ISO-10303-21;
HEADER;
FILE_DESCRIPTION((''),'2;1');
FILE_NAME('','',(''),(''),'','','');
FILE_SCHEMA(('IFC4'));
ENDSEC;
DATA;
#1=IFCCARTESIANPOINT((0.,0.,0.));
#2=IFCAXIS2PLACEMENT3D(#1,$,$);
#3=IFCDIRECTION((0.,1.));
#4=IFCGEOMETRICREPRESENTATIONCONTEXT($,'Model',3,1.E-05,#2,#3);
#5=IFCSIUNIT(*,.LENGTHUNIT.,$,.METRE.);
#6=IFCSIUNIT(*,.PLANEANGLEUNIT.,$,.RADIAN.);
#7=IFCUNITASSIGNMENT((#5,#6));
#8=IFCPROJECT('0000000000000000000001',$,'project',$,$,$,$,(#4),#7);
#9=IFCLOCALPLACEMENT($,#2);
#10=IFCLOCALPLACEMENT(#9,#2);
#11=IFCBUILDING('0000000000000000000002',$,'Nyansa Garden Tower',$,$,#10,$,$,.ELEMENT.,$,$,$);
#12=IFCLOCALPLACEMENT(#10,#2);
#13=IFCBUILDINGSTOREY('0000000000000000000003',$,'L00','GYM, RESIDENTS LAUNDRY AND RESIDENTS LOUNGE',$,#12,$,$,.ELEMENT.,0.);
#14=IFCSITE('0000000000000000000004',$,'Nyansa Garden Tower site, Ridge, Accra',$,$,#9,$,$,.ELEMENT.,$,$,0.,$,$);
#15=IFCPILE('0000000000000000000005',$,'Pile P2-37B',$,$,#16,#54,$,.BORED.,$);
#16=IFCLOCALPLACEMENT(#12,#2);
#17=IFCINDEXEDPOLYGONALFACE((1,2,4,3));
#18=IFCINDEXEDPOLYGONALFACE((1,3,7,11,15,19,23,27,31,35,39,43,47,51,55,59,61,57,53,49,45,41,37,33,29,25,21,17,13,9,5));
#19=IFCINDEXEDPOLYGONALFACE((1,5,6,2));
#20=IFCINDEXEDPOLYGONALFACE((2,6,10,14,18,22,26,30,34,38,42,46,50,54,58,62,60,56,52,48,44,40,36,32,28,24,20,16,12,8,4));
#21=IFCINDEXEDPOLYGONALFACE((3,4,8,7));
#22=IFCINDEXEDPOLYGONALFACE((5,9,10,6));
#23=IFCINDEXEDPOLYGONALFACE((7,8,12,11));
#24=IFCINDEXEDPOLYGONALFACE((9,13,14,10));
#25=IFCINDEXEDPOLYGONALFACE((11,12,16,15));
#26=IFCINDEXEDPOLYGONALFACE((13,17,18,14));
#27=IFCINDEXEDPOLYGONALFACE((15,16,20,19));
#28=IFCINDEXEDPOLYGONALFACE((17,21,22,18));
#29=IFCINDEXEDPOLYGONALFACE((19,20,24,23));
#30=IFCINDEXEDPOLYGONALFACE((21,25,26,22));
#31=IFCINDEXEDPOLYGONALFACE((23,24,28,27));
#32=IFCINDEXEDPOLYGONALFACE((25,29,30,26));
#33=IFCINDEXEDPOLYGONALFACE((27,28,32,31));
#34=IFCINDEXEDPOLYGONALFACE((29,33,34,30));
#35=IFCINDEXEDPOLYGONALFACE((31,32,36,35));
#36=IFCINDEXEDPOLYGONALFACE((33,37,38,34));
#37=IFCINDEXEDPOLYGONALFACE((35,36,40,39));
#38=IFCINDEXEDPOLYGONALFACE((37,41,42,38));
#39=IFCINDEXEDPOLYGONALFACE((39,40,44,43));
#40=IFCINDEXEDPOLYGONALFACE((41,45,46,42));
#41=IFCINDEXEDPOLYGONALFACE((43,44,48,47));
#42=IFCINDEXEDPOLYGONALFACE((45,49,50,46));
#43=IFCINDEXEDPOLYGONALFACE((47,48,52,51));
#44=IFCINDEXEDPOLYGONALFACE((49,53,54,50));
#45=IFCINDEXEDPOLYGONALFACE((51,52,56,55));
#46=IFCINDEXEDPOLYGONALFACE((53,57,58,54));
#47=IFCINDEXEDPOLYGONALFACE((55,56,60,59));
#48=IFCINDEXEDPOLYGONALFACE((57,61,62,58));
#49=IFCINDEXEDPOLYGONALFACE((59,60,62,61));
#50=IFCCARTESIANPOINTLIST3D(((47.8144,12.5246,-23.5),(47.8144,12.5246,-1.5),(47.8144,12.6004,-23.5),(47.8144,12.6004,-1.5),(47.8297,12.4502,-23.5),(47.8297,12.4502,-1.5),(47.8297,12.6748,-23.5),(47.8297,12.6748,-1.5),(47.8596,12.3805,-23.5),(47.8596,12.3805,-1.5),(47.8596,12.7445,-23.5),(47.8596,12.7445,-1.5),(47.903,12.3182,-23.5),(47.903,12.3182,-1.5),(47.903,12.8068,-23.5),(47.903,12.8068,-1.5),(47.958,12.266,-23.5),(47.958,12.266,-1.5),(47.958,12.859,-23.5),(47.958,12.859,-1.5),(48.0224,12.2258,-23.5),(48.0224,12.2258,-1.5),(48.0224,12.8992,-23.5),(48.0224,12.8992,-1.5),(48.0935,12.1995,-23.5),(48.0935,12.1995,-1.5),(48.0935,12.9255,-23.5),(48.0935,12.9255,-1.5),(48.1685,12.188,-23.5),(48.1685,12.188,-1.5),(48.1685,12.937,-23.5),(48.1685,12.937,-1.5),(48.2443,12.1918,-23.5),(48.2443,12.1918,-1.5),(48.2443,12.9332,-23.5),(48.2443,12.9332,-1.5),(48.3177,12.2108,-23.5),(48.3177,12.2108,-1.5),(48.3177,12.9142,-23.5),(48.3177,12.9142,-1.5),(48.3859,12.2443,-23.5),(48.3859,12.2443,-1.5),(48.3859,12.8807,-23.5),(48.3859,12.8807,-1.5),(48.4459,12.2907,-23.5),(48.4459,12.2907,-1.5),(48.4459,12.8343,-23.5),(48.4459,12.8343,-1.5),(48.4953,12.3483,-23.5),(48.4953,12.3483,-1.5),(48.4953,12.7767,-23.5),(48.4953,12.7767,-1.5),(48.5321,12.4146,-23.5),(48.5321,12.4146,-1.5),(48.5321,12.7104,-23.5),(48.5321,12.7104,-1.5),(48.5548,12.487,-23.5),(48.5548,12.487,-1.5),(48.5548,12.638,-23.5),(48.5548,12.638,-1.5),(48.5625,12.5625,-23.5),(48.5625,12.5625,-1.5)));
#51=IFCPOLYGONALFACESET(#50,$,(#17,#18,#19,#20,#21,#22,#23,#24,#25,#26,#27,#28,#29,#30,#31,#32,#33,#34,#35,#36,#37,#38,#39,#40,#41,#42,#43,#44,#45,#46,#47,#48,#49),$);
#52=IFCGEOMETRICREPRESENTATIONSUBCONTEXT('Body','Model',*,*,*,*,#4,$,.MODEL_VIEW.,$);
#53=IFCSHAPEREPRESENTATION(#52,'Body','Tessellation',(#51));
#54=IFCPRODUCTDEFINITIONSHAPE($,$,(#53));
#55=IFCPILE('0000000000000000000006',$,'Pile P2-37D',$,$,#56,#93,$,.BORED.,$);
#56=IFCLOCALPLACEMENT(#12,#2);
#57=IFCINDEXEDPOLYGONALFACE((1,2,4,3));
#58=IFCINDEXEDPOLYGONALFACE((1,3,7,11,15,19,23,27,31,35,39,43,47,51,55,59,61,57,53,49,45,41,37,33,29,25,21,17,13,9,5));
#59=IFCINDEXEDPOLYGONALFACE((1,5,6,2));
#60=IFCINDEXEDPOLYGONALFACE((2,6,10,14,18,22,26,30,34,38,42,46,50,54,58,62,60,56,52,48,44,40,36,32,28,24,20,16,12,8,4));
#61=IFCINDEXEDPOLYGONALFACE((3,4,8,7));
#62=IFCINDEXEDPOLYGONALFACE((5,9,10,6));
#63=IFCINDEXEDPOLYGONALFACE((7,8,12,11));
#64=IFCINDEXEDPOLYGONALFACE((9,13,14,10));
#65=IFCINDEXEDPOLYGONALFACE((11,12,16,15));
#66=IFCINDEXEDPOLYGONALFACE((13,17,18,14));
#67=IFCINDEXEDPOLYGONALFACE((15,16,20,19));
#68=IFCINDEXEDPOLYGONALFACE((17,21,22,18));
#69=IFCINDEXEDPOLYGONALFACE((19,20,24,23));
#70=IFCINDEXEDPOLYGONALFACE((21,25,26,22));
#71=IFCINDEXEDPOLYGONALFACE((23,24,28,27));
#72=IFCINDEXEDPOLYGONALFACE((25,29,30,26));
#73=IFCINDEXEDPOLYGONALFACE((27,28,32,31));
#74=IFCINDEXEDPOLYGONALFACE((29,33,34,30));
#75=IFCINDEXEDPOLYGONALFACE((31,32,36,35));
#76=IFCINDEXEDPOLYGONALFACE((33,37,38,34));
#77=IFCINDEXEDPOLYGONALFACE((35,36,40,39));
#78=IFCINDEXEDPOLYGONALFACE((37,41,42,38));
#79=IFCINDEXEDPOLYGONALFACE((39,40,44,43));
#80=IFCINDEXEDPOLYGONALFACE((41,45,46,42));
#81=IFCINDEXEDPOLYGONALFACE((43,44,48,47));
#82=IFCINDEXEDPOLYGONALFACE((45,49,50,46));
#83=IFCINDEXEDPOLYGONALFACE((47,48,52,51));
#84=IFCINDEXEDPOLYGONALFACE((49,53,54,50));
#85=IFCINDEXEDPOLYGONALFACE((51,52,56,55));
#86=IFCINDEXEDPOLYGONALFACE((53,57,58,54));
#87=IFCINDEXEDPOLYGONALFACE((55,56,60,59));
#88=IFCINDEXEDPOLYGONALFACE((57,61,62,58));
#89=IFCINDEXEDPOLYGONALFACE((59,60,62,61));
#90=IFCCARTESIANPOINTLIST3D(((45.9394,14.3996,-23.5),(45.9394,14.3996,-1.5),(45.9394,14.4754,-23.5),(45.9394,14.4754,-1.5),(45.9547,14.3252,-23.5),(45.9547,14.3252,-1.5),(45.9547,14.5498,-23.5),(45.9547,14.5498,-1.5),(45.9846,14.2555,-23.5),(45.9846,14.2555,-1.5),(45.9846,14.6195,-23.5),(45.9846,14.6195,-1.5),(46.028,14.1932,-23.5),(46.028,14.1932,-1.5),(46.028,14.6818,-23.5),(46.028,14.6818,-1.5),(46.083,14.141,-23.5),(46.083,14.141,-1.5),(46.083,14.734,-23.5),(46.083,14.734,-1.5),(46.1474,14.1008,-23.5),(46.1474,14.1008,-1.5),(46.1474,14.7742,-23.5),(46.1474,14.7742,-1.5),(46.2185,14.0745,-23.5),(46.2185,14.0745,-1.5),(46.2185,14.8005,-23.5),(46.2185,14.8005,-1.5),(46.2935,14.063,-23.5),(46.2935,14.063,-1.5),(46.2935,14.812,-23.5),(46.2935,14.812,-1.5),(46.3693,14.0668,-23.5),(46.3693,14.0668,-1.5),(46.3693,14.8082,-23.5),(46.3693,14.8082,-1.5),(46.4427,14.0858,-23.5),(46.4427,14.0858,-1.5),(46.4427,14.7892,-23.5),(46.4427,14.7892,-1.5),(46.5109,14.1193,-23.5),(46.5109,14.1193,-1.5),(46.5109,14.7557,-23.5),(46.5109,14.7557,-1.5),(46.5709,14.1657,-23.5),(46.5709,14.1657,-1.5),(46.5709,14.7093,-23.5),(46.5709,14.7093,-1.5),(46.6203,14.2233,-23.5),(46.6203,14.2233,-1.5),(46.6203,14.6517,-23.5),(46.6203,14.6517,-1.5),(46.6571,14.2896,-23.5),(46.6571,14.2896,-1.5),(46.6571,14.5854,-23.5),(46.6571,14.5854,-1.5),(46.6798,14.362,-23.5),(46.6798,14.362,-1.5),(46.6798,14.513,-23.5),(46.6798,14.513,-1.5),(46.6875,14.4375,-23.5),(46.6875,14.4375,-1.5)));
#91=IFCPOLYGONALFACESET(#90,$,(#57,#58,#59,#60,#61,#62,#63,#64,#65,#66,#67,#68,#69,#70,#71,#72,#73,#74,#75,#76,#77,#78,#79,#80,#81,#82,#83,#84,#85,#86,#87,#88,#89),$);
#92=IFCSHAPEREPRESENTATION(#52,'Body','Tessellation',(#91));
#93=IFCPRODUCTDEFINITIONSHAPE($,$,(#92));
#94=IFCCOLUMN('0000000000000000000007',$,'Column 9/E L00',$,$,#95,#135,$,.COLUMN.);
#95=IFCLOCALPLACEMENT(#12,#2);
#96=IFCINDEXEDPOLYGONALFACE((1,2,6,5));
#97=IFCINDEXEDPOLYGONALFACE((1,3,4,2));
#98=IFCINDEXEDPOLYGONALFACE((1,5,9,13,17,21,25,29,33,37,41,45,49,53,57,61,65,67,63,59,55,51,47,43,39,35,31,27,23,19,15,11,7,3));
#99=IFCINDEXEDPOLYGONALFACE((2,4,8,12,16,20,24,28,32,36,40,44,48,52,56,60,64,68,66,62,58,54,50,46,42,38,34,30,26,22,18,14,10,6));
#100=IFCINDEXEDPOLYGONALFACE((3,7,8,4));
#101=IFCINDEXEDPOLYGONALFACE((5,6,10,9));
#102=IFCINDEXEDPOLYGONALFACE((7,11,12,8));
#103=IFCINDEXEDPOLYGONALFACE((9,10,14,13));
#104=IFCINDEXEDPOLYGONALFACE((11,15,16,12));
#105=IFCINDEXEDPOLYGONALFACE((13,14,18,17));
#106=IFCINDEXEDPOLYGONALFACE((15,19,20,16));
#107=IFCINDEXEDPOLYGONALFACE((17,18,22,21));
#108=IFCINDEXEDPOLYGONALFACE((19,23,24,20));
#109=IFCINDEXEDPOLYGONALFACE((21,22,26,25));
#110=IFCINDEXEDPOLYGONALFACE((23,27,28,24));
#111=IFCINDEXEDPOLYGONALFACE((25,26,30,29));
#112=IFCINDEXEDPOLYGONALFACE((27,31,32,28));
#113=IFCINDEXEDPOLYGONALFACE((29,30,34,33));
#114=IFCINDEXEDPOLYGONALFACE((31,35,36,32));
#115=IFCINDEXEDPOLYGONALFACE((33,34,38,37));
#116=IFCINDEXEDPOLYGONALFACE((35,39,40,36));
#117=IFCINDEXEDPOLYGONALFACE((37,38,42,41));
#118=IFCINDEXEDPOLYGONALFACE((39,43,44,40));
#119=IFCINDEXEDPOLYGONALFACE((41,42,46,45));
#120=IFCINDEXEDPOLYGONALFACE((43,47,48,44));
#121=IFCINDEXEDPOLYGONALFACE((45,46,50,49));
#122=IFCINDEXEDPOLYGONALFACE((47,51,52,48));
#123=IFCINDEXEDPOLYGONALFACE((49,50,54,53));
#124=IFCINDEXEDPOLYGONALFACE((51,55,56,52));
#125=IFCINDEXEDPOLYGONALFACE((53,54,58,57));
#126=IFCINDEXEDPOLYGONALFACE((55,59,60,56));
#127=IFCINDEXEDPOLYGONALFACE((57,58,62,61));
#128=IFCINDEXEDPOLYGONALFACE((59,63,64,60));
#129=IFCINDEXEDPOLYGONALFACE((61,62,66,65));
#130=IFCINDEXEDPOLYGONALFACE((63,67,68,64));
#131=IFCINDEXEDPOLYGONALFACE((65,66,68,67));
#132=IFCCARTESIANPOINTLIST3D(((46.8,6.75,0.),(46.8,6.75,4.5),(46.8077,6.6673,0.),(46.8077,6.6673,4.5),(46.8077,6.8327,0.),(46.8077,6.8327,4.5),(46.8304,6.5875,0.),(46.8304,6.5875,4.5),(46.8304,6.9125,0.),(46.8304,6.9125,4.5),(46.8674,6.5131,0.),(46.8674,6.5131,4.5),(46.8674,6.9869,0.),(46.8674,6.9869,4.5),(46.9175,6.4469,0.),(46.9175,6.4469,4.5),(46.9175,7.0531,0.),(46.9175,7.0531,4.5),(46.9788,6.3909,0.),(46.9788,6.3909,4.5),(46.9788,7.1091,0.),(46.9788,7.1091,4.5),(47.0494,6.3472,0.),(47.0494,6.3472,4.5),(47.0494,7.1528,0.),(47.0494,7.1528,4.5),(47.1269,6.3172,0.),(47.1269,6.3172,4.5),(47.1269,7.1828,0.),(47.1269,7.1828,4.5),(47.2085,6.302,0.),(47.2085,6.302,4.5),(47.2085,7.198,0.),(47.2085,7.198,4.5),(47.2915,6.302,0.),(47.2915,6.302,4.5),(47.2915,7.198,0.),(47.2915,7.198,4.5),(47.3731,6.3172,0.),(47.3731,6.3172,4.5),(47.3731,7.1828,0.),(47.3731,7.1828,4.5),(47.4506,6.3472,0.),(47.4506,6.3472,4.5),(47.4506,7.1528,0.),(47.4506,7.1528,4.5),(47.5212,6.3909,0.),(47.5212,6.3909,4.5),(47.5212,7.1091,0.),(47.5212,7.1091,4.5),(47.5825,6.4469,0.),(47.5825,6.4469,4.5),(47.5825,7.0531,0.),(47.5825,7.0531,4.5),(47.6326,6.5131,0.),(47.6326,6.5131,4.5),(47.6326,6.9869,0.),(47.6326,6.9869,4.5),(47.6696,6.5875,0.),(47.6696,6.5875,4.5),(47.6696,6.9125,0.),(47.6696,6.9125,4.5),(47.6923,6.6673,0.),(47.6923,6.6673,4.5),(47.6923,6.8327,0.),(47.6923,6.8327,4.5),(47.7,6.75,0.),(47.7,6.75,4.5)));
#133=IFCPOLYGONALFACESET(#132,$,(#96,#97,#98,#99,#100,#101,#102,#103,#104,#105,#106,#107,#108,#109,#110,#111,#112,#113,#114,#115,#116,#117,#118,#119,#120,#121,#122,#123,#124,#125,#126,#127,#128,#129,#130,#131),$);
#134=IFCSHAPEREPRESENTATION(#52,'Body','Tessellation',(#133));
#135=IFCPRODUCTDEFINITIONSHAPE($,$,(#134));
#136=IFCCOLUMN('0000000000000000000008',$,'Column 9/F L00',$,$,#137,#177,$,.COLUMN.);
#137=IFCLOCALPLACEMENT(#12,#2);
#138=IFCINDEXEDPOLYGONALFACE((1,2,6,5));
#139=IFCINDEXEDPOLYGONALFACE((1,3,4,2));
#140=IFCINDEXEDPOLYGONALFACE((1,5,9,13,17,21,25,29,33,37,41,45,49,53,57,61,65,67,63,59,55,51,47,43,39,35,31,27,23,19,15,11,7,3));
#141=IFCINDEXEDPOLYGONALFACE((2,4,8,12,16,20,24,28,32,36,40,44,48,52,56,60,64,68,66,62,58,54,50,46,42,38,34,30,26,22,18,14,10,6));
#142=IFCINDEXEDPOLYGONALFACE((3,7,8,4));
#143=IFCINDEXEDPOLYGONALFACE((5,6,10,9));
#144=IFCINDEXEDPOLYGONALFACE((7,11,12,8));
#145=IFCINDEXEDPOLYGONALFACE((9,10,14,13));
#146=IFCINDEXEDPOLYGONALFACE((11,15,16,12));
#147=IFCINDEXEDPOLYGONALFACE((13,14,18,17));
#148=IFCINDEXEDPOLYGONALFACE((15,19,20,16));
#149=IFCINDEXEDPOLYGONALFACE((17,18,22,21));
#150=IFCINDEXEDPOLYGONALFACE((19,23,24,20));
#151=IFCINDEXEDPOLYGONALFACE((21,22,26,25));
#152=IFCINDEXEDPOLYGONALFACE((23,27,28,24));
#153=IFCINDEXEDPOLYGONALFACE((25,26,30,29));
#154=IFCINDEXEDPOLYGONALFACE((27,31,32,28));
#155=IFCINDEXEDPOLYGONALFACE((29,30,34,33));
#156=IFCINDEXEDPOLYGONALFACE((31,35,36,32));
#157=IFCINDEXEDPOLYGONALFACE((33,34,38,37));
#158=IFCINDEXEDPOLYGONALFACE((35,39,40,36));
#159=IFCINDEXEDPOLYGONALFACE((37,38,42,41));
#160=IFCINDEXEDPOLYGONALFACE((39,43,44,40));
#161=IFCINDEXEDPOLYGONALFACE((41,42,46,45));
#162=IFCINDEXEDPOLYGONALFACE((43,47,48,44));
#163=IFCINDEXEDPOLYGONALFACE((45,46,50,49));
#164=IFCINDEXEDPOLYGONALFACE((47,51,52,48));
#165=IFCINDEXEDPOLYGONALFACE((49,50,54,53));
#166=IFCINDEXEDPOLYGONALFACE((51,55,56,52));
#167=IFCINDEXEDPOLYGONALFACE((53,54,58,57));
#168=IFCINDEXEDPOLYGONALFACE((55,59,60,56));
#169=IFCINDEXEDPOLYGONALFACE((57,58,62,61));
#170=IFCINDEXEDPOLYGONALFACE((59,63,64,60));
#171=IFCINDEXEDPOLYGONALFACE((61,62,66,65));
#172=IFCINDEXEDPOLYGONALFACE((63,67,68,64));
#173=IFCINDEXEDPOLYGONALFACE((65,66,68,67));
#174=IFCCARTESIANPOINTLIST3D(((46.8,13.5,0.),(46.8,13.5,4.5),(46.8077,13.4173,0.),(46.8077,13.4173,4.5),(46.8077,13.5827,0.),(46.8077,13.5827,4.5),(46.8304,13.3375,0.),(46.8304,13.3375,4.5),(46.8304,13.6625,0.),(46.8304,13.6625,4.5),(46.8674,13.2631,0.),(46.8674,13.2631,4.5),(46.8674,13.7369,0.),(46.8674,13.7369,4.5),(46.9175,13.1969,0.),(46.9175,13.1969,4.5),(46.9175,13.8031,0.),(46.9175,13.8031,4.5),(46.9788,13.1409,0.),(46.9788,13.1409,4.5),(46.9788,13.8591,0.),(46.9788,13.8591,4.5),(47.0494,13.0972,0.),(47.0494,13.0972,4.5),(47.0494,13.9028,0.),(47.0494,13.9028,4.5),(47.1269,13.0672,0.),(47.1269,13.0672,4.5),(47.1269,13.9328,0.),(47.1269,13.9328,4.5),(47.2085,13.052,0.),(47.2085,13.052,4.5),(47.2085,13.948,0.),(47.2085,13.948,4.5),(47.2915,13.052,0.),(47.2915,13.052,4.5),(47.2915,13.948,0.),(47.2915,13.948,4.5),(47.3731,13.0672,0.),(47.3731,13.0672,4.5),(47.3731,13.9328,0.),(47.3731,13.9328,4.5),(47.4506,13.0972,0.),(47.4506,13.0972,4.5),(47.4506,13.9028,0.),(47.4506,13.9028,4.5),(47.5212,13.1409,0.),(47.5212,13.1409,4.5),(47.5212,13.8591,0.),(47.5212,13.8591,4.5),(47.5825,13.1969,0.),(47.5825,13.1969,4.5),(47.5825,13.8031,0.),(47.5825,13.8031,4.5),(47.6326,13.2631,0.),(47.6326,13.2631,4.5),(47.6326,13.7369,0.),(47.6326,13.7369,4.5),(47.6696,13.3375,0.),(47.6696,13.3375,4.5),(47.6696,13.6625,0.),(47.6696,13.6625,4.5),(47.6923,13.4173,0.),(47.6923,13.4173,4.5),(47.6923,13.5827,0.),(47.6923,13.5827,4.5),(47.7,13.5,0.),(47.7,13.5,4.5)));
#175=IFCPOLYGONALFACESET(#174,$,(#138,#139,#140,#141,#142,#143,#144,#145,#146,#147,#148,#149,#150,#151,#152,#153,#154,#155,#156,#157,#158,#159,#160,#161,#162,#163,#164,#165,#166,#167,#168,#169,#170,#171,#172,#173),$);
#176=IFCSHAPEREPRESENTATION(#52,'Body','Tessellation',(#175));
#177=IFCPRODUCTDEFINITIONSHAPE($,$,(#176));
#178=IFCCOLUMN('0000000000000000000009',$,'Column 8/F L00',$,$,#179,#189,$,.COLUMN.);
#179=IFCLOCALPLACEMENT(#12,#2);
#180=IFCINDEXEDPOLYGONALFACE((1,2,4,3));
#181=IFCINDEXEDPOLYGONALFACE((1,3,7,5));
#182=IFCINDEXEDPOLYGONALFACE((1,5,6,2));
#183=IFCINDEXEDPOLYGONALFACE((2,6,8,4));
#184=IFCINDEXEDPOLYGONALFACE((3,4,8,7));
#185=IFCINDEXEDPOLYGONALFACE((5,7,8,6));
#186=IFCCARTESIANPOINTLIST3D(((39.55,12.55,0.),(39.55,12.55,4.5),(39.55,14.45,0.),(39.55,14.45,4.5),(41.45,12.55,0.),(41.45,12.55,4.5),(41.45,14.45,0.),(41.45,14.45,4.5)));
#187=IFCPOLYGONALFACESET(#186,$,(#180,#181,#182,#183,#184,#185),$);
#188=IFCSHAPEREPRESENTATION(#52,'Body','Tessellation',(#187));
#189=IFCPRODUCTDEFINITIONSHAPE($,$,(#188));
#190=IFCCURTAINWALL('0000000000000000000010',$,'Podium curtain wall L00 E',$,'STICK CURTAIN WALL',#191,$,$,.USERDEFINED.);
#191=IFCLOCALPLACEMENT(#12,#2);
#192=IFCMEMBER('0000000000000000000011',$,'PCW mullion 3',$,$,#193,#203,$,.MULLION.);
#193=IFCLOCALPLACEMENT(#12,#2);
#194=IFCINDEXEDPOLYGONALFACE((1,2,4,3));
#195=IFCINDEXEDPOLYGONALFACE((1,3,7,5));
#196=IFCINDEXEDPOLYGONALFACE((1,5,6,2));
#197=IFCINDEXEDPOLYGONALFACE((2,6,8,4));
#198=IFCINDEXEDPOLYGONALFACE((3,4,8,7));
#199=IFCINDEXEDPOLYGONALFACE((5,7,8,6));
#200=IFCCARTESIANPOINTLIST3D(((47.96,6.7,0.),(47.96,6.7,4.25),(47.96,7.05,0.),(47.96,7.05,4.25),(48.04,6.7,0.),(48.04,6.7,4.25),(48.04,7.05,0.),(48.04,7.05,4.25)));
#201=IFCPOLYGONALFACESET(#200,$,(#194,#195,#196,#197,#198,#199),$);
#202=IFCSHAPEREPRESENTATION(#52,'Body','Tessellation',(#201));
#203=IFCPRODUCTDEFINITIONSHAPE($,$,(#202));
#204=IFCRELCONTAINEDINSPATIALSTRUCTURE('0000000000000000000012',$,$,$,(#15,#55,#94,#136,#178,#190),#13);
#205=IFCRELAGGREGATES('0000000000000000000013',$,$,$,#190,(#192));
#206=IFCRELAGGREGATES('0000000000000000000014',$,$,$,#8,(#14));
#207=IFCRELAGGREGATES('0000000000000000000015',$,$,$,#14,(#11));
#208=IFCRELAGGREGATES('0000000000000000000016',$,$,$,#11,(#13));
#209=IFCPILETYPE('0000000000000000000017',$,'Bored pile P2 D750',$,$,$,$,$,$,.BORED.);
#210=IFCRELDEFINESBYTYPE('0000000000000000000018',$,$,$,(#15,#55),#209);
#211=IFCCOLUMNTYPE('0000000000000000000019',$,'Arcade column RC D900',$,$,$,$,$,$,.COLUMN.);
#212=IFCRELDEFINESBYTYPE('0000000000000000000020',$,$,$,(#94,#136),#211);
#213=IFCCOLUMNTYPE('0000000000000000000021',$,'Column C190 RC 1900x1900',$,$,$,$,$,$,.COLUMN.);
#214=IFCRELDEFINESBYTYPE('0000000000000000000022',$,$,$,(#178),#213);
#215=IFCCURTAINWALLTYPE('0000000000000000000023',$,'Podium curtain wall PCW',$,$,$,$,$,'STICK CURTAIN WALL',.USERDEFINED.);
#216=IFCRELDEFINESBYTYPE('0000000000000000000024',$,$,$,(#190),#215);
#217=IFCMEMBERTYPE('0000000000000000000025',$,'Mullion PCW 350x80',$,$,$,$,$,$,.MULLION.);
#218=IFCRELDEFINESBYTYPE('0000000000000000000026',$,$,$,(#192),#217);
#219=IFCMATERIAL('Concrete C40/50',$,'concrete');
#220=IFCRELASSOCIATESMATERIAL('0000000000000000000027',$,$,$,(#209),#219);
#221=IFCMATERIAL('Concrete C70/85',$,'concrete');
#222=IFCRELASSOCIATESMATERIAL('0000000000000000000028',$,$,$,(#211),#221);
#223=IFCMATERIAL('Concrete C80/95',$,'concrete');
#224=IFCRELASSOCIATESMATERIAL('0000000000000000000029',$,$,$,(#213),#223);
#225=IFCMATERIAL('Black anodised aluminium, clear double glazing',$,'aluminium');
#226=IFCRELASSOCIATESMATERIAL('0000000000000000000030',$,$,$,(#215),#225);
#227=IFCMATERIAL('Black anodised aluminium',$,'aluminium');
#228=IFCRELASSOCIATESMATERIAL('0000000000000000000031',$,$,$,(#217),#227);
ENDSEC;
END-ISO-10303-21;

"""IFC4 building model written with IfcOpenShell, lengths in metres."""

from ifc_helpers import new_model, si_unit, direction, frame, origin, origin_2d, place, context, subcontext, project, spatial, rectangle, circle, extrude, material, material_profile, profile_set, type_object, element, aggregate, save


model = new_model("IFC4")

# Units and contexts
model_context = context("Model", 3, precision=1e-05, world=origin(), true_north=direction((0.0, 1.0)))
body_context = subcontext(model_context, "Body", "Model", "MODEL_VIEW")
ifc_project = project(units=[si_unit("LENGTHUNIT", "METRE"), si_unit("PLANEANGLEUNIT", "RADIAN")], contexts=[model_context])

# Site, building, storey
site_placement = place(None, origin())
site = spatial("IfcSite", under=ifc_project, at=site_placement, Name="Nyansa Garden Tower site, Ridge, Accra", CompositionType="ELEMENT", RefElevation=0.0)
building_placement = place(site_placement, origin())
building = spatial("IfcBuilding", under=site, at=building_placement, Name="Nyansa Garden Tower", CompositionType="ELEMENT")
storey_placement = place(building_placement, origin())
storey = spatial("IfcBuildingStorey", under=building, at=storey_placement, Name="L00", Description="GYM, RESIDENTS LAUNDRY AND RESIDENTS LOUNGE", CompositionType="ELEMENT", Elevation=0.0)

# Piles
ifc_material_1 = material(Name="Concrete C40/50", Category="concrete")
pile_type_1 = type_object("IfcPileType", Name="Bored pile P2 D750", PredefinedType="BORED", material=ifc_material_1)
for number, where, z_axis, x_axis, name in (
    (1, (48.1875, 12.5625, -1.5), (0.0, 0.0, -1.0), (1.0, 0.0, 0.0), "Pile P2-37B"),
    (2, (46.3125, 14.4375, -1.5), (0.0, 0.0, -1.0), (1.0, 0.0, 0.0), "Pile P2-37D"),
):
    element("IfcPile", number, at=place(storey_placement, frame(where, z_axis=z_axis, x_axis=x_axis)), inside=storey, type_object=pile_type_1, Name=name, PredefinedType="BORED", context=body_context, shape_type="SweptSolid", body=[
        extrude(circle(Radius=0.375, at=origin_2d()), origin(), (0.0, 0.0, 1.0), 22.0),
    ])

# Columns
ifc_material_2 = material(Name="Concrete C70/85", Category="concrete")
ifc_material_profile_1 = material_profile(ifc_material_2, circle(Radius=0.45, at=origin_2d()), Name="RC D900")
ifc_profile_set_1 = profile_set([ifc_material_profile_1], Name="Concrete C70/85")
column_type_1 = type_object("IfcColumnType", Name="Arcade column RC D900", PredefinedType="COLUMN", material=ifc_profile_set_1)
for number, where, z_axis, x_axis, name in (
    (3, (47.25, 6.75, 0.0), (0.0, 0.0, 1.0), (1.0, 0.0, 0.0), "Column 9/E L00"),
    (4, (47.25, 13.5, 0.0), (0.0, 0.0, 1.0), (1.0, 0.0, 0.0), "Column 9/F L00"),
):
    element("IfcColumn", number, at=place(storey_placement, frame(where, z_axis=z_axis, x_axis=x_axis)), inside=storey, type_object=column_type_1, Name=name, PredefinedType="COLUMN", context=body_context, shape_type="SweptSolid", body=[
        extrude(circle(Radius=0.45, at=origin_2d()), origin(), (0.0, 0.0, 1.0), 4.5),
    ])
ifc_material_3 = material(Name="Concrete C80/95", Category="concrete")
ifc_material_profile_2 = material_profile(ifc_material_3, rectangle(XDim=1.8999, YDim=1.8999, at=origin_2d()), Name="RC 1900x1900")
ifc_profile_set_2 = profile_set([ifc_material_profile_2], Name="Concrete C80/95")
column_type_2 = type_object("IfcColumnType", Name="Column C190 RC 1900x1900", PredefinedType="COLUMN", material=ifc_profile_set_2)
column_placement = place(storey_placement, frame((40.5, 13.5, 0.0), z_axis=(0.0, 0.0, 1.0), x_axis=(1.0, 0.0, 0.0)))
element("IfcColumn", 5, at=column_placement, inside=storey, type_object=column_type_2, Name="Column 8/F L00", PredefinedType="COLUMN", context=body_context, shape_type="SweptSolid", body=[
    extrude(rectangle(XDim=1.8999, YDim=1.8999, at=origin_2d()), origin(), (0.0, 0.0, 1.0), 4.5),
])

# Curtain wall, member
ifc_material_4 = material(Name="Black anodised aluminium, clear double glazing", Category="aluminium")
curtain_wall_type = type_object("IfcCurtainWallType", Name="Podium curtain wall PCW", ElementType="STICK CURTAIN WALL", PredefinedType="USERDEFINED", material=ifc_material_4)
curtain_wall_placement = place(storey_placement, origin())
curtain_wall = element("IfcCurtainWall", 6, at=curtain_wall_placement, inside=storey, type_object=curtain_wall_type, Name="Podium curtain wall L00 E", ObjectType="STICK CURTAIN WALL", PredefinedType="USERDEFINED")
ifc_material_5 = material(Name="Black anodised aluminium", Category="aluminium")
ifc_material_profile_3 = material_profile(ifc_material_5, rectangle(XDim=0.0801, YDim=0.3501, at=origin_2d()), Name="Mullion 350x80")
ifc_profile_set_3 = profile_set([ifc_material_profile_3], Name="Black anodised aluminium")
member_type_1 = type_object("IfcMemberType", Name="Mullion PCW 350x80", PredefinedType="MULLION", material=ifc_profile_set_3)
member_1_placement = place(storey_placement, frame((48.0, 6.875, 0.0), z_axis=(0.0, 0.0, 1.0), x_axis=(-1.0, 0.0, 0.0)))
member_1 = element("IfcMember", 7, at=member_1_placement, type_object=member_type_1, Name="PCW mullion 3", PredefinedType="MULLION", context=body_context, shape_type="SweptSolid", body=[
    extrude(rectangle(XDim=0.0801, YDim=0.3501, at=origin_2d()), origin(), (0.0, 0.0, 1.0), 4.25),
])

aggregate(curtain_wall, [member_1])

save(model, "model.ifc")
